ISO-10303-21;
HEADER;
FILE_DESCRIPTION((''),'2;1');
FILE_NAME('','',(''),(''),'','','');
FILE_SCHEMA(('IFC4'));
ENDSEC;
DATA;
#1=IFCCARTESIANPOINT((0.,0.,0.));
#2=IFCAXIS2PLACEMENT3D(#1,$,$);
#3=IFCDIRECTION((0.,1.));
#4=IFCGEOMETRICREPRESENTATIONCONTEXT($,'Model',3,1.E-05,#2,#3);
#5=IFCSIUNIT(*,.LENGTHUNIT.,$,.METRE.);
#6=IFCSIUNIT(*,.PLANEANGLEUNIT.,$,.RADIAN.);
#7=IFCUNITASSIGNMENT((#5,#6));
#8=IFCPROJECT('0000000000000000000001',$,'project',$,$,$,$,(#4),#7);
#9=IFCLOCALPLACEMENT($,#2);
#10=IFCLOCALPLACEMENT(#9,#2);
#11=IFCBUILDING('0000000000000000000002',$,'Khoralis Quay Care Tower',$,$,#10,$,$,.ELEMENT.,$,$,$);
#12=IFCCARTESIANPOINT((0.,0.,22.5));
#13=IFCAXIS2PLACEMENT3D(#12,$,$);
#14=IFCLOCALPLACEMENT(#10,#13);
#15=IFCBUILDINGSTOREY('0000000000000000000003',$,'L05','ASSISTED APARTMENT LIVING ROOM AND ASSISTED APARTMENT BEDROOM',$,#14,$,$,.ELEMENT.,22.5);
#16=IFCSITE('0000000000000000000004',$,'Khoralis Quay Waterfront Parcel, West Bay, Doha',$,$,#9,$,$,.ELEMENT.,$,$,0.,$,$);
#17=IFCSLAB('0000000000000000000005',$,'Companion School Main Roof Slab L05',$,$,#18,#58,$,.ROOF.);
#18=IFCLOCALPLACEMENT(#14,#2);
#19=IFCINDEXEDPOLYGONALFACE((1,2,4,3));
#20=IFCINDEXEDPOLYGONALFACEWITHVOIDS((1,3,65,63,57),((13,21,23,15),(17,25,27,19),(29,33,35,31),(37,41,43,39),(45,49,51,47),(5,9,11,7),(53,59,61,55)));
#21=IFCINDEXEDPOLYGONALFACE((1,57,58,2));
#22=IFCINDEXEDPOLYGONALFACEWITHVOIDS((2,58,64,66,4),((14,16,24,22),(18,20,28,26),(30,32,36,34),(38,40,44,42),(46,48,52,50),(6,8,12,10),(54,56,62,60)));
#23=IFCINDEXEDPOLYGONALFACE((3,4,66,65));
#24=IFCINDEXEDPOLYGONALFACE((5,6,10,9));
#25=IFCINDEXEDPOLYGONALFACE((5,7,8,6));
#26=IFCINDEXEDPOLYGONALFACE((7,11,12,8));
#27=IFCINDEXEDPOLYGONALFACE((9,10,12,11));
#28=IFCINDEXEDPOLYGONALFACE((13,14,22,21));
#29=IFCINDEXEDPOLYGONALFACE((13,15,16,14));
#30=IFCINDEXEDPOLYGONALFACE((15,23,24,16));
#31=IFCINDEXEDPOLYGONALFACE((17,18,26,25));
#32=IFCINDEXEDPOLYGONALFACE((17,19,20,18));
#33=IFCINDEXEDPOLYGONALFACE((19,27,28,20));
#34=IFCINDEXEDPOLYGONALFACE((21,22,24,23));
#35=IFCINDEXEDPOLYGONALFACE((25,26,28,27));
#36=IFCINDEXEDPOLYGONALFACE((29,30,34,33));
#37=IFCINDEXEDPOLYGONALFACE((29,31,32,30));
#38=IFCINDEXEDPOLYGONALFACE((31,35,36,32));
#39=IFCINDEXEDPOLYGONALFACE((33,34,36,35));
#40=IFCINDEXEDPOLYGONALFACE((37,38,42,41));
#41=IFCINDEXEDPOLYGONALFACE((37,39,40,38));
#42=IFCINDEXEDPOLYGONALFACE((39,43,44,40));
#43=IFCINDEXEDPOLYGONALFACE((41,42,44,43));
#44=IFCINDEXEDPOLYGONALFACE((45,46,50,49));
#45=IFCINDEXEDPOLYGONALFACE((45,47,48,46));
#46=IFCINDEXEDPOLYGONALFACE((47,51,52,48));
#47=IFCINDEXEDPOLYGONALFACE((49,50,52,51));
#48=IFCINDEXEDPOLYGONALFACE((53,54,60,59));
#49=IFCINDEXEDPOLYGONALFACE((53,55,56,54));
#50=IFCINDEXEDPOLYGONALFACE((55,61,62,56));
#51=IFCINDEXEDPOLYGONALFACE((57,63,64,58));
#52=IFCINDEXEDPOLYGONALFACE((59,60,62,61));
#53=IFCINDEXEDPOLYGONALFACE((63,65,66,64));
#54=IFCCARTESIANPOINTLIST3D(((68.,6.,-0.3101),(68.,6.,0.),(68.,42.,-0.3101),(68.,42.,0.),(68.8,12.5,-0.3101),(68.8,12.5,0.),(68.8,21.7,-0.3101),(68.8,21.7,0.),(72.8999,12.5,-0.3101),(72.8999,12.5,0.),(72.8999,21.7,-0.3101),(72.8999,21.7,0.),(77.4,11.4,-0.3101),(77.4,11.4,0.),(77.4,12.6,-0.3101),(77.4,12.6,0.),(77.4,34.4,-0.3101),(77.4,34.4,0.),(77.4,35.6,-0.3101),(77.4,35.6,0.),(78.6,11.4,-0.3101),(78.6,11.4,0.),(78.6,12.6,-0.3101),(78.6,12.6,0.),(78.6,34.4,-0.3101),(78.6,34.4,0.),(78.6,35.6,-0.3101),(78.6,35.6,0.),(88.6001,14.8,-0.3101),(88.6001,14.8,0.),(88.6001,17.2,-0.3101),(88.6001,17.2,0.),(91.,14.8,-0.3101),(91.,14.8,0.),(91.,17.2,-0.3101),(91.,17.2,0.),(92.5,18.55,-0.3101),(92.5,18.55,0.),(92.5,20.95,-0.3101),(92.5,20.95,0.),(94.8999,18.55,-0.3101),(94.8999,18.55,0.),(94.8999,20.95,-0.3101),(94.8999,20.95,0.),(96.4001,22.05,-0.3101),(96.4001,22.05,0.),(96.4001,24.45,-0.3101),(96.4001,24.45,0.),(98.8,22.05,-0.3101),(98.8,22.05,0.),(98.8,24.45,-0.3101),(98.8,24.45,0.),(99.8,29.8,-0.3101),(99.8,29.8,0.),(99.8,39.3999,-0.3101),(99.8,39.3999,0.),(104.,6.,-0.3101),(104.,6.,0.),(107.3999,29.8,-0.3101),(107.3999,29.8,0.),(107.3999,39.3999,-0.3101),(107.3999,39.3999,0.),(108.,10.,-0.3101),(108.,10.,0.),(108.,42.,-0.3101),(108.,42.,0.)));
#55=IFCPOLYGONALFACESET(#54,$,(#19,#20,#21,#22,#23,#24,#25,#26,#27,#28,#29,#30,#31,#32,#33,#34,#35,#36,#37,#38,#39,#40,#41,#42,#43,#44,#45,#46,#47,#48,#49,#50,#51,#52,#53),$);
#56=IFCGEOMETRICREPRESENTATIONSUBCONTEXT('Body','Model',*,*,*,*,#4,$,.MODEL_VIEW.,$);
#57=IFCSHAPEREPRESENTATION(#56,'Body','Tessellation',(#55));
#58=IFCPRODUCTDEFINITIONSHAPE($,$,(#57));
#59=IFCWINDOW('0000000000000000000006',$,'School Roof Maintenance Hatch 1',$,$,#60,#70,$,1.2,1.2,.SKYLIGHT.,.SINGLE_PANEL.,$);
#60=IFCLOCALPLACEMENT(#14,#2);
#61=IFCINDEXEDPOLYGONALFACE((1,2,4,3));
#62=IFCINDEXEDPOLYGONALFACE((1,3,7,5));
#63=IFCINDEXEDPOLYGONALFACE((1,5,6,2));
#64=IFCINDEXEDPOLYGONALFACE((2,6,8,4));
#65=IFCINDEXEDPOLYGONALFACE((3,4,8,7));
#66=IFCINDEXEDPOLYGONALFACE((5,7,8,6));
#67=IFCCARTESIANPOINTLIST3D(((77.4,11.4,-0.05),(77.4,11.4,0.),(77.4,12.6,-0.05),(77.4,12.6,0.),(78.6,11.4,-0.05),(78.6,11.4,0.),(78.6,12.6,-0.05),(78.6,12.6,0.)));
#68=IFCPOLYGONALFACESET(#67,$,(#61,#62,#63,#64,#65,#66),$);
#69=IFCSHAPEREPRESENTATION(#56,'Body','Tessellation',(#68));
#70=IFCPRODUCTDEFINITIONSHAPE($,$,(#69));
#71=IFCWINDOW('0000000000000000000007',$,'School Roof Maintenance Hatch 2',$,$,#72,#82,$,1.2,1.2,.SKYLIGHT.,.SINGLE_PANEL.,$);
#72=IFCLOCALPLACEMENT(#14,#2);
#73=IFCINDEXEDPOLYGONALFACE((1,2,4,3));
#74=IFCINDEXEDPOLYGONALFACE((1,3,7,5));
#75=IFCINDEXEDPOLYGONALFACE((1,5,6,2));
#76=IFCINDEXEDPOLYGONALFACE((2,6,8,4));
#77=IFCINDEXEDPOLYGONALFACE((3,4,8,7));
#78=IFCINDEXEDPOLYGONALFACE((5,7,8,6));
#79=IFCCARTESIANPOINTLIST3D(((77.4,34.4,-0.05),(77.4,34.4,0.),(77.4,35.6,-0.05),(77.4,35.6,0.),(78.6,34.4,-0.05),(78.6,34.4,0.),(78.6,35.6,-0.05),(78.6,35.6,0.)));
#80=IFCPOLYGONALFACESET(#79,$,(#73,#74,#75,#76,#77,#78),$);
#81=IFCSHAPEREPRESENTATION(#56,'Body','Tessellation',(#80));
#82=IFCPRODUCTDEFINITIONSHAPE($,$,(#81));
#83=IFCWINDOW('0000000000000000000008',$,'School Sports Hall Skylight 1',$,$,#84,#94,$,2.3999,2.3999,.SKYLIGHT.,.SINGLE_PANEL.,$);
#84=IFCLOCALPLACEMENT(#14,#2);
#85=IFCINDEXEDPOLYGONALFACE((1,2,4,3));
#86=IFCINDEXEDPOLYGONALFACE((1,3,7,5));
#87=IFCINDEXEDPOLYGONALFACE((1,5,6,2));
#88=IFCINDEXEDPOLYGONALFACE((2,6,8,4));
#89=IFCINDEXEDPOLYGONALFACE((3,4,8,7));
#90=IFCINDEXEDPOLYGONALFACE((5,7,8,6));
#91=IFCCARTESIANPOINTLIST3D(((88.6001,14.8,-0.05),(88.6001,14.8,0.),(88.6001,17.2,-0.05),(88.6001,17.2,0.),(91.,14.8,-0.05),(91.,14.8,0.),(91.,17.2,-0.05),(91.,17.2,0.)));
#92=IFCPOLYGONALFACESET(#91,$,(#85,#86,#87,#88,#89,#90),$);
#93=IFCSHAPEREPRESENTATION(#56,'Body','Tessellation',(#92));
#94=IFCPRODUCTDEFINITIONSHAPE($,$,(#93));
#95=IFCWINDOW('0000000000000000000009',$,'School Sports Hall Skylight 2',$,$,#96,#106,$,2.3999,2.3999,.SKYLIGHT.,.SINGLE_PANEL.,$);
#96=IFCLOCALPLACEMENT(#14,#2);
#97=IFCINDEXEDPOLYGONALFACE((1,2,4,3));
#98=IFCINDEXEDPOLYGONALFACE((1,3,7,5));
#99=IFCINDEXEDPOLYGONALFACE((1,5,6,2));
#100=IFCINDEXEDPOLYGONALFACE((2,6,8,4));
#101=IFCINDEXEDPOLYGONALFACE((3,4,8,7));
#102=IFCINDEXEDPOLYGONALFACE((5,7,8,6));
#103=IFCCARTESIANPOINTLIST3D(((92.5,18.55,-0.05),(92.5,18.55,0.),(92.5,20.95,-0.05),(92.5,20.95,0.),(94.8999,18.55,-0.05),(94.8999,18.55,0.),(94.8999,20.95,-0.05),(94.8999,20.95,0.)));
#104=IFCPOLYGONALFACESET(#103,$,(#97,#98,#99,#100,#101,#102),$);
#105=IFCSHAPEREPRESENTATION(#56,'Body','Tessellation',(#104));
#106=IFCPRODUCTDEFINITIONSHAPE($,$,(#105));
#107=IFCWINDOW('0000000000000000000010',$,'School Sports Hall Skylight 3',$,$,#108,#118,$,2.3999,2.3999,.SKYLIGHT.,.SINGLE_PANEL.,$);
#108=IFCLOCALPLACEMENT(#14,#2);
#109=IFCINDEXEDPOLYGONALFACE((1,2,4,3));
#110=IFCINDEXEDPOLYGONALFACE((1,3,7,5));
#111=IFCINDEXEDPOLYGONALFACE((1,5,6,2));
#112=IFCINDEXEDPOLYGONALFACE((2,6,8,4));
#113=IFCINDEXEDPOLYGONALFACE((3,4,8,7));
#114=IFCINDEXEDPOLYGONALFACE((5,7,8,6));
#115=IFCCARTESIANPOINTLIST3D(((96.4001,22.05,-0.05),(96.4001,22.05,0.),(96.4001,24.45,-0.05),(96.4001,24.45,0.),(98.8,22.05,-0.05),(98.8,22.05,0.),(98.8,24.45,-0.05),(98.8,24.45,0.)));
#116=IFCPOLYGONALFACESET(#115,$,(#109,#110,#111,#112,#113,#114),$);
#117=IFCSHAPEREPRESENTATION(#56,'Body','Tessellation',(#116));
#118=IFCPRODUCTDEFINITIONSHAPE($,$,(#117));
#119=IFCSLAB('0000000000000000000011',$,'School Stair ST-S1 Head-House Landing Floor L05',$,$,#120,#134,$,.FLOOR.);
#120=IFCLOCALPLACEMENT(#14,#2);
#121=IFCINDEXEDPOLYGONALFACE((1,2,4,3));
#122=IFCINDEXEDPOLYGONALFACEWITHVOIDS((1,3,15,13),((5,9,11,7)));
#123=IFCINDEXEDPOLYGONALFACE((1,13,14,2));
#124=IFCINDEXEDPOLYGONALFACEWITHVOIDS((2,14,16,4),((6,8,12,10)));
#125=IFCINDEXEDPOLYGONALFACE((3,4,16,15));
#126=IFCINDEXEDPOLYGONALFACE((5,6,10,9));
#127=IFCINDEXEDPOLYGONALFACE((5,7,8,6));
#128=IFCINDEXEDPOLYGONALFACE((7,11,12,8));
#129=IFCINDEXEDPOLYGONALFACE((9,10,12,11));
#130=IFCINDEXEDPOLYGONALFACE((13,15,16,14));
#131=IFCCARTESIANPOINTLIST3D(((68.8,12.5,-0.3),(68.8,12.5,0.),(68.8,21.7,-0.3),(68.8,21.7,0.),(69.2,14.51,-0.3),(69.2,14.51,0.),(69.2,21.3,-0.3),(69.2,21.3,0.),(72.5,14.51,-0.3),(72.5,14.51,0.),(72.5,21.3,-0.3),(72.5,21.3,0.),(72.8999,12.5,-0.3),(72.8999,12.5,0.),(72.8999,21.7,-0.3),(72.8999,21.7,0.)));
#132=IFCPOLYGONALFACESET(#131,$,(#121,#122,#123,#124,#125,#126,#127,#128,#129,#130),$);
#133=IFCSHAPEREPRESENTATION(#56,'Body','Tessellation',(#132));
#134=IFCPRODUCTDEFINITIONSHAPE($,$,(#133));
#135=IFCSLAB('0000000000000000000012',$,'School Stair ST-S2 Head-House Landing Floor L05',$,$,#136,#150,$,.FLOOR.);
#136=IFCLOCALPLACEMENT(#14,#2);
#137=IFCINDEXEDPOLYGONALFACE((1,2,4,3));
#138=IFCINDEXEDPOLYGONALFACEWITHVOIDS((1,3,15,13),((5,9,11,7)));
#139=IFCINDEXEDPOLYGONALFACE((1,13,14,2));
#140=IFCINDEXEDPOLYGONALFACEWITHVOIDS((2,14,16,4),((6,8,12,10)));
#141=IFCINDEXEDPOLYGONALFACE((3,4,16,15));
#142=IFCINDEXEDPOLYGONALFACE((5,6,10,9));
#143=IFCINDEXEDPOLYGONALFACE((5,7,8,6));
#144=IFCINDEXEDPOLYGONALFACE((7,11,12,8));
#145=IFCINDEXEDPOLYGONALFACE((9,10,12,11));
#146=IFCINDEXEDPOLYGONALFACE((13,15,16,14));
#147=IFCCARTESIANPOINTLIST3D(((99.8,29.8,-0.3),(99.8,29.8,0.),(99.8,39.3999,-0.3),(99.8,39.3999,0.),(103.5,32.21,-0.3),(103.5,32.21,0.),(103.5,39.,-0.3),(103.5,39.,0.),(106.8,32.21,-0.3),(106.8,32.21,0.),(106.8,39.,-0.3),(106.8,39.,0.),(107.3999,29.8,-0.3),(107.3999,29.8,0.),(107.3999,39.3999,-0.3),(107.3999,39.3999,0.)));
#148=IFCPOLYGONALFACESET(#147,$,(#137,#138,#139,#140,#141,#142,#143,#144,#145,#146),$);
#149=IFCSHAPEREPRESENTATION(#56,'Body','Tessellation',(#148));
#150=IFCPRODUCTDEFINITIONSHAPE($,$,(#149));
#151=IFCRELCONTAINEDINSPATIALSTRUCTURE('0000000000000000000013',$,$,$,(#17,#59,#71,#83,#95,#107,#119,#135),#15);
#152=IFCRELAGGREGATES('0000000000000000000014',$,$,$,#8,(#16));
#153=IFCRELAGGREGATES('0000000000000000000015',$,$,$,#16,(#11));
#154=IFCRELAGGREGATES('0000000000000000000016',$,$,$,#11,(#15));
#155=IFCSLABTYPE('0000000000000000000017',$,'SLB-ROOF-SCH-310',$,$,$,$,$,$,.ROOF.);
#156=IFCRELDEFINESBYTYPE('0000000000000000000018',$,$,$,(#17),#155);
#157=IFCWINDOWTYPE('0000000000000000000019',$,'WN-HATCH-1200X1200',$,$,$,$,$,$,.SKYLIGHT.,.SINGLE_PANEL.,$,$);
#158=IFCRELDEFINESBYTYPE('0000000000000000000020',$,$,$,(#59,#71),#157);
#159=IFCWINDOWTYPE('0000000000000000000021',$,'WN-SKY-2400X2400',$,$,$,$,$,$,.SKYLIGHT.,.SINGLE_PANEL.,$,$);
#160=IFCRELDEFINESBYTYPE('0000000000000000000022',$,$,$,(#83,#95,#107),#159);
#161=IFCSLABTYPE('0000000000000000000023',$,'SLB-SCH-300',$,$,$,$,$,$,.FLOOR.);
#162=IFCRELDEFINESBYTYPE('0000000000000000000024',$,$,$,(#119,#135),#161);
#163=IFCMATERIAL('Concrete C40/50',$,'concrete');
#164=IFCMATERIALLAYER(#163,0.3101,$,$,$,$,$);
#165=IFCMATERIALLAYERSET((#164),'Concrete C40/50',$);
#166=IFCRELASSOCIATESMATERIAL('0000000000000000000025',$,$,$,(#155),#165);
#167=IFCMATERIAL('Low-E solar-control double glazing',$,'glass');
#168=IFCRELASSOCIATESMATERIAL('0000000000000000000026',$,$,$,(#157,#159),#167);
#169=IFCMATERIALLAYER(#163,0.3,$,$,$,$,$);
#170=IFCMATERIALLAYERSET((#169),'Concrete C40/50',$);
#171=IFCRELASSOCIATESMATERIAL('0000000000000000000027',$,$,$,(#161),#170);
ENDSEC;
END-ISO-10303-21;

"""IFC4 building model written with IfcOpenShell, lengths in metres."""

from ifc_helpers import new_model, si_unit, direction, frame, origin, origin_2d, place, context, subcontext, project, spatial, polyline, rectangle, outline, extrude, material, layer, layer_set, type_object, element, fill, save


model = new_model("IFC4")

# Units and contexts
model_context = context("Model", 3, precision=1e-05, world=origin(), true_north=direction((0.0, 1.0)))
body_context = subcontext(model_context, "Body", "Model", "MODEL_VIEW")
ifc_project = project(units=[si_unit("LENGTHUNIT", "METRE"), si_unit("PLANEANGLEUNIT", "RADIAN")], contexts=[model_context])

# Site, building, storey
site_placement = place(None, origin())
site = spatial("IfcSite", under=ifc_project, at=site_placement, Name="Khoralis Quay Waterfront Parcel, West Bay, Doha", CompositionType="ELEMENT", RefElevation=0.0)
building_placement = place(site_placement, origin())
building = spatial("IfcBuilding", under=site, at=building_placement, Name="Khoralis Quay Care Tower", CompositionType="ELEMENT")
storey_placement = place(building_placement, frame((0.0, 0.0, 22.5)))
storey = spatial("IfcBuildingStorey", under=building, at=storey_placement, Name="L05", Description="ASSISTED APARTMENT LIVING ROOM AND ASSISTED APARTMENT BEDROOM", CompositionType="ELEMENT", Elevation=22.5)

# Shared definitions
ifc_material_1 = material(Name="Concrete C40/50", Category="concrete")
ifc_layer_1 = layer(ifc_material_1, 0.3101)
ifc_layer_set_1 = layer_set([ifc_layer_1], Name="Concrete C40/50")
slab_type_1 = type_object("IfcSlabType", Name="SLB-ROOF-SCH-310", PredefinedType="ROOF", material=ifc_layer_set_1)
ifc_material_2 = material(Name="Low-E solar-control double glazing", Category="glass")
window_type_1 = type_object("IfcWindowType", Name="WN-HATCH-1200X1200", PartitioningType="SINGLE_PANEL", PredefinedType="SKYLIGHT", material=ifc_material_2)

# Slab, openings, windows
slab_1_placement = place(storey_placement, frame((0.0, 0.0, -0.3101)))
slab_1 = element("IfcSlab", 1, at=slab_1_placement, inside=storey, type_object=slab_type_1, Name="Companion School Main Roof Slab L05", PredefinedType="ROOF", context=body_context, shape_type="SweptSolid", body=[
    extrude(outline(polyline([(68.0, 6.0), (104.0, 6.0), (108.0, 10.0), (108.0, 42.0), (68.0, 42.0), (68.0, 6.0)]), holes=[polyline([(68.8, 12.5), (72.8999, 12.5), (72.8999, 21.7), (68.8, 21.7), (68.8, 12.5)]), polyline([(99.8, 29.8), (107.3999, 29.8), (107.3999, 39.3999), (99.8, 39.3999), (99.8, 29.8)])]), origin(), (0.0, 0.0, 1.0), 0.3101),
])
opening_1_placement = place(slab_1_placement, frame((89.8, 16.0, -0.01)))
opening_1 = element("IfcOpeningElement", 2, at=opening_1_placement, cuts=slab_1, PredefinedType="OPENING", context=body_context, shape_type="SweptSolid", body=[
    extrude(rectangle(XDim=2.3999, YDim=2.3999, at=origin_2d()), origin(), (0.0, 0.0, 1.0), 0.3301),
])
opening_2_placement = place(slab_1_placement, frame((93.7, 19.75, -0.01)))
opening_2 = element("IfcOpeningElement", 3, at=opening_2_placement, cuts=slab_1, PredefinedType="OPENING", context=body_context, shape_type="SweptSolid", body=[
    extrude(rectangle(XDim=2.3999, YDim=2.3999, at=origin_2d()), origin(), (0.0, 0.0, 1.0), 0.3301),
])
opening_3_placement = place(slab_1_placement, frame((97.6001, 23.25, -0.01)))
opening_3 = element("IfcOpeningElement", 4, at=opening_3_placement, cuts=slab_1, PredefinedType="OPENING", context=body_context, shape_type="SweptSolid", body=[
    extrude(rectangle(XDim=2.3999, YDim=2.3999, at=origin_2d()), origin(), (0.0, 0.0, 1.0), 0.3301),
])
opening_4_placement = place(slab_1_placement, frame((78.0, 12.0, -0.01)))
opening_4 = element("IfcOpeningElement", 5, at=opening_4_placement, cuts=slab_1, PredefinedType="OPENING", context=body_context, shape_type="SweptSolid", body=[
    extrude(rectangle(XDim=1.2, YDim=1.2, at=origin_2d()), origin(), (0.0, 0.0, 1.0), 0.3301),
])
opening_5_placement = place(slab_1_placement, frame((78.0, 35.0, -0.01)))
opening_5 = element("IfcOpeningElement", 6, at=opening_5_placement, cuts=slab_1, PredefinedType="OPENING", context=body_context, shape_type="SweptSolid", body=[
    extrude(rectangle(XDim=1.2, YDim=1.2, at=origin_2d()), origin(), (0.0, 0.0, 1.0), 0.3301),
])
window_1_placement = place(slab_1_placement, frame((78.0, 12.0, 0.26)))
window_1 = element("IfcWindow", 7, at=window_1_placement, inside=storey, type_object=window_type_1, Name="School Roof Maintenance Hatch 1", OverallHeight=1.2, OverallWidth=1.2, PartitioningType="SINGLE_PANEL", PredefinedType="SKYLIGHT", context=body_context, shape_type="SweptSolid", body=[
    extrude(rectangle(XDim=1.2, YDim=1.2, at=origin_2d()), origin(), (0.0, 0.0, 1.0), 0.05),
])
fill(opening_4, window_1)
window_2_placement = place(slab_1_placement, frame((78.0, 35.0, 0.26)))
window_2 = element("IfcWindow", 8, at=window_2_placement, inside=storey, type_object=window_type_1, Name="School Roof Maintenance Hatch 2", OverallHeight=1.2, OverallWidth=1.2, PartitioningType="SINGLE_PANEL", PredefinedType="SKYLIGHT", context=body_context, shape_type="SweptSolid", body=[
    extrude(rectangle(XDim=1.2, YDim=1.2, at=origin_2d()), origin(), (0.0, 0.0, 1.0), 0.05),
])
fill(opening_5, window_2)
window_type_2 = type_object("IfcWindowType", Name="WN-SKY-2400X2400", PartitioningType="SINGLE_PANEL", PredefinedType="SKYLIGHT", material=ifc_material_2)
window_3_placement = place(slab_1_placement, frame((89.8, 16.0, 0.26)))
window_3 = element("IfcWindow", 9, at=window_3_placement, inside=storey, type_object=window_type_2, Name="School Sports Hall Skylight 1", OverallHeight=2.3999, OverallWidth=2.3999, PartitioningType="SINGLE_PANEL", PredefinedType="SKYLIGHT", context=body_context, shape_type="SweptSolid", body=[
    extrude(rectangle(XDim=2.3999, YDim=2.3999, at=origin_2d()), origin(), (0.0, 0.0, 1.0), 0.05),
])
fill(opening_1, window_3)
window_4_placement = place(slab_1_placement, frame((93.7, 19.75, 0.26)))
window_4 = element("IfcWindow", 10, at=window_4_placement, inside=storey, type_object=window_type_2, Name="School Sports Hall Skylight 2", OverallHeight=2.3999, OverallWidth=2.3999, PartitioningType="SINGLE_PANEL", PredefinedType="SKYLIGHT", context=body_context, shape_type="SweptSolid", body=[
    extrude(rectangle(XDim=2.3999, YDim=2.3999, at=origin_2d()), origin(), (0.0, 0.0, 1.0), 0.05),
])
fill(opening_2, window_4)
window_5_placement = place(slab_1_placement, frame((97.6001, 23.25, 0.26)))
window_5 = element("IfcWindow", 11, at=window_5_placement, inside=storey, type_object=window_type_2, Name="School Sports Hall Skylight 3", OverallHeight=2.3999, OverallWidth=2.3999, PartitioningType="SINGLE_PANEL", PredefinedType="SKYLIGHT", context=body_context, shape_type="SweptSolid", body=[
    extrude(rectangle(XDim=2.3999, YDim=2.3999, at=origin_2d()), origin(), (0.0, 0.0, 1.0), 0.05),
])
fill(opening_3, window_5)

# Slabs
ifc_layer_2 = layer(ifc_material_1, 0.3)
ifc_layer_set_2 = layer_set([ifc_layer_2], Name="Concrete C40/50")
slab_type_2 = type_object("IfcSlabType", Name="SLB-SCH-300", PredefinedType="FLOOR", material=ifc_layer_set_2)
slab_2_placement = place(storey_placement, frame((0.0, 0.0, -0.3)))
element("IfcSlab", 12, at=slab_2_placement, inside=storey, type_object=slab_type_2, Name="School Stair ST-S1 Head-House Landing Floor L05", PredefinedType="FLOOR", context=body_context, shape_type="SweptSolid", body=[
    extrude(outline(polyline([(68.8, 12.5), (72.8999, 12.5), (72.8999, 21.7), (68.8, 21.7), (68.8, 12.5)]), holes=[polyline([(72.5, 14.51), (72.5, 21.3), (69.2, 21.3), (69.2, 14.51), (72.5, 14.51)])]), origin(), (0.0, 0.0, 1.0), 0.3),
])
slab_3_placement = place(storey_placement, frame((0.0, 0.0, -0.3)))
element("IfcSlab", 13, at=slab_3_placement, inside=storey, type_object=slab_type_2, Name="School Stair ST-S2 Head-House Landing Floor L05", PredefinedType="FLOOR", context=body_context, shape_type="SweptSolid", body=[
    extrude(outline(polyline([(99.8, 29.8), (107.3999, 29.8), (107.3999, 39.3999), (99.8, 39.3999), (99.8, 29.8)]), holes=[polyline([(106.8, 32.21), (106.8, 39.0), (103.5, 39.0), (103.5, 32.21), (106.8, 32.21)])]), origin(), (0.0, 0.0, 1.0), 0.3),
])

save(model, "model.ifc")
